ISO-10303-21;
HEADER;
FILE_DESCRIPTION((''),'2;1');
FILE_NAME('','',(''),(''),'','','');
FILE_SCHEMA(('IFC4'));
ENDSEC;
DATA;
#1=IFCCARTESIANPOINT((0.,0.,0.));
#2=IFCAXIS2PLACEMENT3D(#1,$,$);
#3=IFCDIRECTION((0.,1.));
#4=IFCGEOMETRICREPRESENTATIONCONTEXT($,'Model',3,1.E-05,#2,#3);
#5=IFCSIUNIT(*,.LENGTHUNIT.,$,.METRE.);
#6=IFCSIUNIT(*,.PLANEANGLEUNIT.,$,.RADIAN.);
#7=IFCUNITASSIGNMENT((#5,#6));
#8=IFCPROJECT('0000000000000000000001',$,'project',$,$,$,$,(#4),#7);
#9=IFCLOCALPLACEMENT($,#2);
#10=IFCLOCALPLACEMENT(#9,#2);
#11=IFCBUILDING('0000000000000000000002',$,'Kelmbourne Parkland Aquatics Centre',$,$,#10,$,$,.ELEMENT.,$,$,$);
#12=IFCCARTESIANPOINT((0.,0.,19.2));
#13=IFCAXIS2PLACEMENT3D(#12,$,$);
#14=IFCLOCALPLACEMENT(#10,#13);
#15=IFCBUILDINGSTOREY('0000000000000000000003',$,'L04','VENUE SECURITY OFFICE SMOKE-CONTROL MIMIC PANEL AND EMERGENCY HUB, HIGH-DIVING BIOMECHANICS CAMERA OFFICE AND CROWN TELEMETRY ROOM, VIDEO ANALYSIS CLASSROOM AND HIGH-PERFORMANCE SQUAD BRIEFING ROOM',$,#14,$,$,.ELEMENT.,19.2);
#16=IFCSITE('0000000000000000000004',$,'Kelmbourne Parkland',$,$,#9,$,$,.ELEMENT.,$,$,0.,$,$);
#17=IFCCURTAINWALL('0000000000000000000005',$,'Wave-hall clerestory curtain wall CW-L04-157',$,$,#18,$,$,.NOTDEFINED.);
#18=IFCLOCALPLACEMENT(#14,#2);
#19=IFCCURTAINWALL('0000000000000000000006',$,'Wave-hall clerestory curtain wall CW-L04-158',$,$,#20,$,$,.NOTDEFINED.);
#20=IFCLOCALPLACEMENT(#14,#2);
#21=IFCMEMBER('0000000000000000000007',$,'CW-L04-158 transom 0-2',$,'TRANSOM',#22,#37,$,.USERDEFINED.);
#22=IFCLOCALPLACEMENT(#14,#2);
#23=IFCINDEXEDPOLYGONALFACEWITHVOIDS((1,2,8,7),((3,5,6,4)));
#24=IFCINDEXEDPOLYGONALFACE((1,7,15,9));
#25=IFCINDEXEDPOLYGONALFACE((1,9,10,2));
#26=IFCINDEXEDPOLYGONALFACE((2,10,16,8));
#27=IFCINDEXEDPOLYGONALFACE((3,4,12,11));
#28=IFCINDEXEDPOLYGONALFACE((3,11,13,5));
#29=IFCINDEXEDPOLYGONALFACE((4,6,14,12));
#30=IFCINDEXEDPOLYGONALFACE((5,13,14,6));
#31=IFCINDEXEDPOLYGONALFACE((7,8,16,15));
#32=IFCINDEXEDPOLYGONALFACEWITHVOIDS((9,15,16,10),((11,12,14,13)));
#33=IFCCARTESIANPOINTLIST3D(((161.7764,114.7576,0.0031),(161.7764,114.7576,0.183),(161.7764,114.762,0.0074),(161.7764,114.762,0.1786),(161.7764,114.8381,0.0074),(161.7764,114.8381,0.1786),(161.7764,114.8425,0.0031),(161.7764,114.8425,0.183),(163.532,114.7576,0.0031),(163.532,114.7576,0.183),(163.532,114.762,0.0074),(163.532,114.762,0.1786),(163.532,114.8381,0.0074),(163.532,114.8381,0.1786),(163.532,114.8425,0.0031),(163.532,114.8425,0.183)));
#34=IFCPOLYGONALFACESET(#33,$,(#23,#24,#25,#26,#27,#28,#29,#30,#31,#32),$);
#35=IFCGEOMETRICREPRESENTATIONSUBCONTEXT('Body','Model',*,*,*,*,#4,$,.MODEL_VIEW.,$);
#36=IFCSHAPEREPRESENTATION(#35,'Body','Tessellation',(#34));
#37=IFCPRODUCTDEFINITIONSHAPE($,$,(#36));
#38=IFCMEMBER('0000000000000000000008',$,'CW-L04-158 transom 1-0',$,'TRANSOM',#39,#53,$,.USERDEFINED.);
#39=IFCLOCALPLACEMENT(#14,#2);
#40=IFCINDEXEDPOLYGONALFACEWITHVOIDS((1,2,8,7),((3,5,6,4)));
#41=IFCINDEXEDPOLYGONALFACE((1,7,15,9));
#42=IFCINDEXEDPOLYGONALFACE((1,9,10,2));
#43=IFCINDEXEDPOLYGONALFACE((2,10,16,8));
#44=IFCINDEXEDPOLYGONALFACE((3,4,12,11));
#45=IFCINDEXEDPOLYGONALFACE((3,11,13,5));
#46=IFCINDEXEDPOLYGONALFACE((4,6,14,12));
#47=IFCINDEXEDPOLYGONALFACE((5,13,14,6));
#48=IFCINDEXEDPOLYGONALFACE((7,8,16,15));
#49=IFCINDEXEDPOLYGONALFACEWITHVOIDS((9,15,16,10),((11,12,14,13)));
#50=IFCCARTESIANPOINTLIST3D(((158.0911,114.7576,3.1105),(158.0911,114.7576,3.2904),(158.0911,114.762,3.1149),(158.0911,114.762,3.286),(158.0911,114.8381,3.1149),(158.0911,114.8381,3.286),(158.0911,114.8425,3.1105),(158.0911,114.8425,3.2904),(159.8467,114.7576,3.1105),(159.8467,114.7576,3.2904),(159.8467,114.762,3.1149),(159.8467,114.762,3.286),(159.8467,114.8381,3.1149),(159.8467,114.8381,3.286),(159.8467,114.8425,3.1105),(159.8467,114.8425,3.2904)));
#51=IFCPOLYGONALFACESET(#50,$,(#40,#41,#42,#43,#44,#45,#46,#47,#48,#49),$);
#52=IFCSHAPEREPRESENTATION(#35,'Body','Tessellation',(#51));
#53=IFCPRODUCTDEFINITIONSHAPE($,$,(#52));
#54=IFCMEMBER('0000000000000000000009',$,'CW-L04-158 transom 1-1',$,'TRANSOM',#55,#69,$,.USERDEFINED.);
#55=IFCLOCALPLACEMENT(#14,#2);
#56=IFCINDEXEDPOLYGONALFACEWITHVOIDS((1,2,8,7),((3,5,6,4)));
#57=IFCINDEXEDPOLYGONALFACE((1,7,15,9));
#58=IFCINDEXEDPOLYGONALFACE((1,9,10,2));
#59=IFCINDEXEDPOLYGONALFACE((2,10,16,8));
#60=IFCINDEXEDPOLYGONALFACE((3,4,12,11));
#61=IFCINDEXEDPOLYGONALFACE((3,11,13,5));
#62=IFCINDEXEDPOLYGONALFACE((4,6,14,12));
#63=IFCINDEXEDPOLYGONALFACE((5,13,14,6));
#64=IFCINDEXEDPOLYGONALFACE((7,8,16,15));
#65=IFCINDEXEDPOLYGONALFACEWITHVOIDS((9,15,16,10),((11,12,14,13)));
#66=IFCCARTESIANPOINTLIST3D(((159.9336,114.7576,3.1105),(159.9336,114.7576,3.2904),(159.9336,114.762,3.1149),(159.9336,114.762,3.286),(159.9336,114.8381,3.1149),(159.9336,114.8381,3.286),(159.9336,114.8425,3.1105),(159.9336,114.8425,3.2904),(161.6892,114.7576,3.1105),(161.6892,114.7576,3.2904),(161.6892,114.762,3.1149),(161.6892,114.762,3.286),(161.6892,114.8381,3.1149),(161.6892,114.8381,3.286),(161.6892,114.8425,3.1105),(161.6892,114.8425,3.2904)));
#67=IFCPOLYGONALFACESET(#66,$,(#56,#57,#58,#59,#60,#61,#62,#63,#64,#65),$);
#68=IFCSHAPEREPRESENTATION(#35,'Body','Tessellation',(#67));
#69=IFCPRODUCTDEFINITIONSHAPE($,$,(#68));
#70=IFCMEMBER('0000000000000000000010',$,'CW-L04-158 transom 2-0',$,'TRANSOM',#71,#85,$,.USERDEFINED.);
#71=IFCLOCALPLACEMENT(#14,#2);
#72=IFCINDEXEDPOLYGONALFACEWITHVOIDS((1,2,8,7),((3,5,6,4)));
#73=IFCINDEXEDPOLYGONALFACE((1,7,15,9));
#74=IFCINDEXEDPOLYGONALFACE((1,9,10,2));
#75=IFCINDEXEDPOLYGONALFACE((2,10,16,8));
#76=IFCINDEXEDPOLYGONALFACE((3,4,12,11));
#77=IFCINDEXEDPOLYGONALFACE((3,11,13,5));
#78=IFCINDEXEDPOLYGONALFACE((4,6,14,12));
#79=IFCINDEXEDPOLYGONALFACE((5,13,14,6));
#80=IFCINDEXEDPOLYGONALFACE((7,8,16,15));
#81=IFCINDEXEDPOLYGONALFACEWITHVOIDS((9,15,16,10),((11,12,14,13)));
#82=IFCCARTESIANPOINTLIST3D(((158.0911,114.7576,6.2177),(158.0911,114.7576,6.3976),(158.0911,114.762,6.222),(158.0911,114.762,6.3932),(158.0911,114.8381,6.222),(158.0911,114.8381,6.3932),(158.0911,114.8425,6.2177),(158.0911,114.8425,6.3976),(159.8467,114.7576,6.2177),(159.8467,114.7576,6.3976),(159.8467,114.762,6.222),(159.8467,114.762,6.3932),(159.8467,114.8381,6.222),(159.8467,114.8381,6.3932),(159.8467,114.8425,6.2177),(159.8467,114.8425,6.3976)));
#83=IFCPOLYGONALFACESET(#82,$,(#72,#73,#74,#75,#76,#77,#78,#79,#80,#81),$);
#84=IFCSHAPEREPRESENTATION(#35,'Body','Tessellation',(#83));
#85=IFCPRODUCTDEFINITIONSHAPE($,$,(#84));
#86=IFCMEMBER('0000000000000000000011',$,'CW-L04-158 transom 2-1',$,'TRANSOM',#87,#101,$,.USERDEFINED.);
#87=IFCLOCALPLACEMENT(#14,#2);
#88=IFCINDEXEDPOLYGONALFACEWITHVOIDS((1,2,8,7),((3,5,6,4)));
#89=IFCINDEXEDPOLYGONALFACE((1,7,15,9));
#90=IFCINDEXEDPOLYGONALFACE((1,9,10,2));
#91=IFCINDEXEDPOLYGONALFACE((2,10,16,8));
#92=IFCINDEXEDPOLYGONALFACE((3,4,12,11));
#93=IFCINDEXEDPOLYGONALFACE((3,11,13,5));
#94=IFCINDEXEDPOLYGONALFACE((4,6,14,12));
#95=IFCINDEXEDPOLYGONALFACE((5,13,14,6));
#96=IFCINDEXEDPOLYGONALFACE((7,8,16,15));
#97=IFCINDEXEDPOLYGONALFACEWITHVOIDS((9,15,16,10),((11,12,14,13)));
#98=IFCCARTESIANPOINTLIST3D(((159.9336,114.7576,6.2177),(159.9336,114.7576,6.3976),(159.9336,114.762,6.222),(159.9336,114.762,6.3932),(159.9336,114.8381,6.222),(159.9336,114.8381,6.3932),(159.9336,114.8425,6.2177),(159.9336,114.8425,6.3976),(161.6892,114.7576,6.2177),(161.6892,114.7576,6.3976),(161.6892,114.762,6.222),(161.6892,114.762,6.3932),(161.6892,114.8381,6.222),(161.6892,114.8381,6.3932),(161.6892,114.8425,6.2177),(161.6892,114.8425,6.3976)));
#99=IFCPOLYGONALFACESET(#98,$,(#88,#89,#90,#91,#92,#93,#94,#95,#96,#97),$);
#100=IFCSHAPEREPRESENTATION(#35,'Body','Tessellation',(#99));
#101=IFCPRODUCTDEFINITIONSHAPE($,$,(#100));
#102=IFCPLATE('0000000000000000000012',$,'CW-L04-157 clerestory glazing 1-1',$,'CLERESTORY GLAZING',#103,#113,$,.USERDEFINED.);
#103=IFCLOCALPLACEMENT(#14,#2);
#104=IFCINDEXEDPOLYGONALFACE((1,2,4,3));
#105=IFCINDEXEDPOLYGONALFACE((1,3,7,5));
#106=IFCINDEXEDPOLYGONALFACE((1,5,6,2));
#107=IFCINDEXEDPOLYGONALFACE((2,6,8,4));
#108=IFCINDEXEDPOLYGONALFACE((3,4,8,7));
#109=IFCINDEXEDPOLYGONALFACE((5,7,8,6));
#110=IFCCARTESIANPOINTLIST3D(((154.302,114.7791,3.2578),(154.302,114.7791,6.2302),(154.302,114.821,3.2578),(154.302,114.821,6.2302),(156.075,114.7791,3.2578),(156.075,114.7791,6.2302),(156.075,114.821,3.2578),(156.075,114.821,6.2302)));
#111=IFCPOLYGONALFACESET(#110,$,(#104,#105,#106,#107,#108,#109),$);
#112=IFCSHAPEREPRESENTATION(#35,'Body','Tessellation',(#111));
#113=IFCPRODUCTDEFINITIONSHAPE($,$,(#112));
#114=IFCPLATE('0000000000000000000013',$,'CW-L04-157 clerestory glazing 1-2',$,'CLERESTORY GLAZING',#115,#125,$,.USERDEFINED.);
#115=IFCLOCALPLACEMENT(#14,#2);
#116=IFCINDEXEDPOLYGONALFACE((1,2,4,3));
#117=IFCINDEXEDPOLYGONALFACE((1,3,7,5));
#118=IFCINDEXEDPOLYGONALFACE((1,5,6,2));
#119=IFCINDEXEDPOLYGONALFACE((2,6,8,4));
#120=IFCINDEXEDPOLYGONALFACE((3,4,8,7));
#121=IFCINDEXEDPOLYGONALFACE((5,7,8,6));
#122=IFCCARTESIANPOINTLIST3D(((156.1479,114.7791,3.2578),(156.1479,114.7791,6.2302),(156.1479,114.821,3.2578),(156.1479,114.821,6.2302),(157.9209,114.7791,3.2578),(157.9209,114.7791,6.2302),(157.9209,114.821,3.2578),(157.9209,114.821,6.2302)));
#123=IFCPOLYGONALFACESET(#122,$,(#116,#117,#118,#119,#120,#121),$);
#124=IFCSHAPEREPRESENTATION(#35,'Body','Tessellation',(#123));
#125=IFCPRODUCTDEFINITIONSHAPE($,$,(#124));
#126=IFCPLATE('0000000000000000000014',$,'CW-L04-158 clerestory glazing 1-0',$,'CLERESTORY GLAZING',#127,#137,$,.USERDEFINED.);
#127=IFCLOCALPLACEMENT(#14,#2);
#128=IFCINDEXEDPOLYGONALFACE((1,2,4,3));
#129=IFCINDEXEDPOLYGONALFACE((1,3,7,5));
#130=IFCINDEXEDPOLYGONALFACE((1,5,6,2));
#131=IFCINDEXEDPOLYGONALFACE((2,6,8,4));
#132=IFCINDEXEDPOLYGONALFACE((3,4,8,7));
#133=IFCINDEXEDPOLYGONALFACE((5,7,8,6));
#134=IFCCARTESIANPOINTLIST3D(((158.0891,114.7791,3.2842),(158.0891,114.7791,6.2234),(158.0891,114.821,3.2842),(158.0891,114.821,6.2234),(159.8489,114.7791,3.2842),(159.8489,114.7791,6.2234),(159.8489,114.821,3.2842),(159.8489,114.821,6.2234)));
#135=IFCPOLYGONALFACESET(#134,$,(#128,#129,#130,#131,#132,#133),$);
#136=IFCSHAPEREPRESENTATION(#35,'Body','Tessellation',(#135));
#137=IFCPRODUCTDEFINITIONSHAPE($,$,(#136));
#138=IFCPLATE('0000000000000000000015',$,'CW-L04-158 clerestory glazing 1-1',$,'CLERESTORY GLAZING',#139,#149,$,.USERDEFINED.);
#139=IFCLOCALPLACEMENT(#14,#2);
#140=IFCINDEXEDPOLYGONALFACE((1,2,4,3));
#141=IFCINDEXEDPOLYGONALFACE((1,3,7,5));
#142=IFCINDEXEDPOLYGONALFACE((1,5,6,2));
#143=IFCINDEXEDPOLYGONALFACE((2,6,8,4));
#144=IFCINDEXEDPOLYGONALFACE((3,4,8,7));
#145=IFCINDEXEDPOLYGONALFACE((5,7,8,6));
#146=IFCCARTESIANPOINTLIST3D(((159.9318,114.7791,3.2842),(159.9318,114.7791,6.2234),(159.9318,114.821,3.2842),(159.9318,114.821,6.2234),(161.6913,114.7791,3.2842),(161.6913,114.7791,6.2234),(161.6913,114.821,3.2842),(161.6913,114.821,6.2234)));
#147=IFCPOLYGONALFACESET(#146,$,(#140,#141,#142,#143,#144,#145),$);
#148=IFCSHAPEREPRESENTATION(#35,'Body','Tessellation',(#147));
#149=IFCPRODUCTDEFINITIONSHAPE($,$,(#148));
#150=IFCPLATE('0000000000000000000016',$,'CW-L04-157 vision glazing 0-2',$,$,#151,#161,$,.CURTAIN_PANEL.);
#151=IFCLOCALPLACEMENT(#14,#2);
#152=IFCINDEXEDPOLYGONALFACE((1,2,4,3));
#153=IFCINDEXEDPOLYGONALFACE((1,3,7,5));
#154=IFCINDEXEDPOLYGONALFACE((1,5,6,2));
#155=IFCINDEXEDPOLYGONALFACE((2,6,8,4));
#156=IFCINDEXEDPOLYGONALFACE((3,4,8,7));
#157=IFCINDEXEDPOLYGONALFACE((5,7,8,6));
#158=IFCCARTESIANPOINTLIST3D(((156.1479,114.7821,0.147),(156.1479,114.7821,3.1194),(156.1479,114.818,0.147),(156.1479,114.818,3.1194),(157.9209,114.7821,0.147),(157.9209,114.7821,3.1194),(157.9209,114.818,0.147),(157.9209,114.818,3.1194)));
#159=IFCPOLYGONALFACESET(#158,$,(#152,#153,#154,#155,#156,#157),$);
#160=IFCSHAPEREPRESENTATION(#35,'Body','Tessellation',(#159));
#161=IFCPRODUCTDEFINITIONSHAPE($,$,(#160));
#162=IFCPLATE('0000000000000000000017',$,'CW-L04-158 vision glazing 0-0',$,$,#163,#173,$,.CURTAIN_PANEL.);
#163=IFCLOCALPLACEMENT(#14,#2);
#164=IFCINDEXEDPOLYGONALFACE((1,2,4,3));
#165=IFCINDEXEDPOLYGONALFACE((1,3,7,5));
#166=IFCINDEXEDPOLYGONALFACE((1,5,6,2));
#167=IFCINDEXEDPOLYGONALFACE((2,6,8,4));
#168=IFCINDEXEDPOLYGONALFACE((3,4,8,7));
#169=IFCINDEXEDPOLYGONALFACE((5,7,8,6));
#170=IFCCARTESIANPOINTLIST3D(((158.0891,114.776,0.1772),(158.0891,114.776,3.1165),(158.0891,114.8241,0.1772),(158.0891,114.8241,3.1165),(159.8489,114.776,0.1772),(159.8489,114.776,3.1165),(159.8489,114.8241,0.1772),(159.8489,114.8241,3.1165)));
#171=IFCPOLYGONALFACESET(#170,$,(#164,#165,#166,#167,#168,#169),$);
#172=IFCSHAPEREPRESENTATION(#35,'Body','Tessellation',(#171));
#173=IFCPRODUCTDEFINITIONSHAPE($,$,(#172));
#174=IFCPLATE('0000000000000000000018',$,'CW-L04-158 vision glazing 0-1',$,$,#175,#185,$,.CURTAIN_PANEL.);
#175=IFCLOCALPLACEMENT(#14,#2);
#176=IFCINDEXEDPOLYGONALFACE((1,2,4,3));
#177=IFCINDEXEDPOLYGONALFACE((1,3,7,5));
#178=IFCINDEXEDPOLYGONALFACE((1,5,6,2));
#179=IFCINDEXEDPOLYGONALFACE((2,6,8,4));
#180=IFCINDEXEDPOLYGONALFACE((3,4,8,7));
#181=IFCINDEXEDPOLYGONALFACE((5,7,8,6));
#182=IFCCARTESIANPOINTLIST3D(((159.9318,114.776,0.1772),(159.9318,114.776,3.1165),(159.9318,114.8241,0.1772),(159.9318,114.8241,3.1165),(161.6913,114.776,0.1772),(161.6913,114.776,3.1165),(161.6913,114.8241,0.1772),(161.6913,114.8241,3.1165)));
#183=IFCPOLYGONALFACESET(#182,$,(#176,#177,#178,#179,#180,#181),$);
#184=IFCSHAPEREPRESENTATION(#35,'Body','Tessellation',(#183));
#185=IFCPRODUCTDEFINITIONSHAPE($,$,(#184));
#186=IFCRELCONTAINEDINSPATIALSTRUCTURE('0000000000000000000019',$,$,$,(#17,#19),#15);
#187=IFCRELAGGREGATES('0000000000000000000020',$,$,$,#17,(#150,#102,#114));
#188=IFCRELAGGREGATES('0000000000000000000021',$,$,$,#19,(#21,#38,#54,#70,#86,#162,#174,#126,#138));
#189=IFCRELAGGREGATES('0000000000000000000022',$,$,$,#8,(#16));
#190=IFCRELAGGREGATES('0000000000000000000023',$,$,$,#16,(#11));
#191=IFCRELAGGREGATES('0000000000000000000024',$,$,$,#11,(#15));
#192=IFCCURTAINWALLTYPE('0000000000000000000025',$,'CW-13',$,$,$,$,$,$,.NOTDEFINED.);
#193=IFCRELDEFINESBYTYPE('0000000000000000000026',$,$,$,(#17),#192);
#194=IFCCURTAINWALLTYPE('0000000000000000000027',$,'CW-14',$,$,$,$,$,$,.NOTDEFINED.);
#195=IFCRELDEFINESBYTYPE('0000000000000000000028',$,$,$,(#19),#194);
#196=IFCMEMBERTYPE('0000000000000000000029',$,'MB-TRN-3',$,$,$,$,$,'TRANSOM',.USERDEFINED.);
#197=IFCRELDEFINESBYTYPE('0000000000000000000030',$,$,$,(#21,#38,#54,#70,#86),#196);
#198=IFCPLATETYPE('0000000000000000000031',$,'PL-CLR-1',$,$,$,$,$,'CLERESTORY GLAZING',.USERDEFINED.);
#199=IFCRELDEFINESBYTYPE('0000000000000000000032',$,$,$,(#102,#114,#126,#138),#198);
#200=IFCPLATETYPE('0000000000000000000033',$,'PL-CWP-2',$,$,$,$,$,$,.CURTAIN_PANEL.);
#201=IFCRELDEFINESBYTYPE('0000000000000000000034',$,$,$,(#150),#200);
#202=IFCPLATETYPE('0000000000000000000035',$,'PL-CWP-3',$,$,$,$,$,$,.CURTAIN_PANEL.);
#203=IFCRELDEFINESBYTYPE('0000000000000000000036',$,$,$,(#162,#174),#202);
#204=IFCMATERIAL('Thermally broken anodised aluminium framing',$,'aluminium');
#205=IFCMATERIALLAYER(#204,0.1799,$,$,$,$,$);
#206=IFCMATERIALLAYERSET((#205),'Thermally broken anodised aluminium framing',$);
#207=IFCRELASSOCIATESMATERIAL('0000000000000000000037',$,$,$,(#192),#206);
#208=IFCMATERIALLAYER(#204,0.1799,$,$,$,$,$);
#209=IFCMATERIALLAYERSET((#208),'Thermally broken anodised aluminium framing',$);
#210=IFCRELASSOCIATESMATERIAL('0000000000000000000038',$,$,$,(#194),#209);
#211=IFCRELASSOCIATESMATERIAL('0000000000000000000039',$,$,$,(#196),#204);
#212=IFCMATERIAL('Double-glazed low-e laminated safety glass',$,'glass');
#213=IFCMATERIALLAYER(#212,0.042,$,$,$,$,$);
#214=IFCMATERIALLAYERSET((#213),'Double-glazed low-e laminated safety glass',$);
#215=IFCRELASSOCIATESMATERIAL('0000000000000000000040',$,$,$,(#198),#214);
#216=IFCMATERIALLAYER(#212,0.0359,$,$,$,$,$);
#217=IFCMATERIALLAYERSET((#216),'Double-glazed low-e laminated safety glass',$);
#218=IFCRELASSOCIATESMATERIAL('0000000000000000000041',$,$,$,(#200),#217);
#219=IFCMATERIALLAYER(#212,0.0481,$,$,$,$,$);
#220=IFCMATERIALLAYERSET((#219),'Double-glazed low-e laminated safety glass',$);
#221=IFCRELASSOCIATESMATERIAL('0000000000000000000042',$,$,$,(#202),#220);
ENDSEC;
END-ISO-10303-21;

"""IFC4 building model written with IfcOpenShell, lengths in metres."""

from ifc_helpers import new_model, si_unit, direction, frame, origin, origin_2d, place, context, subcontext, project, spatial, rectangle, hollow_rectangle, extrude, material, layer, layer_set, material_profile, profile_set, type_object, element, aggregate, save


model = new_model("IFC4")

# Units and contexts
model_context = context("Model", 3, precision=1e-05, world=origin(), true_north=direction((0.0, 1.0)))
body_context = subcontext(model_context, "Body", "Model", "MODEL_VIEW")
ifc_project = project(units=[si_unit("LENGTHUNIT", "METRE"), si_unit("PLANEANGLEUNIT", "RADIAN")], contexts=[model_context])

# Site, building, storey
site_placement = place(None, origin())
site = spatial("IfcSite", under=ifc_project, at=site_placement, Name="Kelmbourne Parkland", CompositionType="ELEMENT", RefElevation=0.0)
building_placement = place(site_placement, origin())
building = spatial("IfcBuilding", under=site, at=building_placement, Name="Kelmbourne Parkland Aquatics Centre", CompositionType="ELEMENT")
storey_placement = place(building_placement, frame((0.0, 0.0, 19.2)))
storey = spatial("IfcBuildingStorey", under=building, at=storey_placement, Name="L04", Description="VENUE SECURITY OFFICE SMOKE-CONTROL MIMIC PANEL AND EMERGENCY HUB, HIGH-DIVING BIOMECHANICS CAMERA OFFICE AND CROWN TELEMETRY ROOM, VIDEO ANALYSIS CLASSROOM AND HIGH-PERFORMANCE SQUAD BRIEFING ROOM", CompositionType="ELEMENT", Elevation=19.2)

# Curtain walls
ifc_material_1 = material(Name="Thermally broken anodised aluminium framing", Category="aluminium")
ifc_layer_1 = layer(ifc_material_1, 0.1799)
ifc_layer_set_1 = layer_set([ifc_layer_1], Name="Thermally broken anodised aluminium framing")
curtain_wall_type_1 = type_object("IfcCurtainWallType", Name="CW-13", PredefinedType="NOTDEFINED", material=ifc_layer_set_1)
curtain_wall_1_placement = place(storey_placement, origin())
curtain_wall_1 = element("IfcCurtainWall", 1, at=curtain_wall_1_placement, inside=storey, type_object=curtain_wall_type_1, Name="Wave-hall clerestory curtain wall CW-L04-157", PredefinedType="NOTDEFINED")
ifc_layer_2 = layer(ifc_material_1, 0.1799)
ifc_layer_set_2 = layer_set([ifc_layer_2], Name="Thermally broken anodised aluminium framing")
curtain_wall_type_2 = type_object("IfcCurtainWallType", Name="CW-14", PredefinedType="NOTDEFINED", material=ifc_layer_set_2)
curtain_wall_2_placement = place(storey_placement, origin())
curtain_wall_2 = element("IfcCurtainWall", 2, at=curtain_wall_2_placement, inside=storey, type_object=curtain_wall_type_2, Name="Wave-hall clerestory curtain wall CW-L04-158", PredefinedType="NOTDEFINED")

# Members
ifc_material_profile_1 = material_profile(ifc_material_1, hollow_rectangle(XDim=0.085, YDim=0.1799, WallThickness=0.0044, at=origin_2d()), Name="CW-T 85x180")
ifc_profile_set_1 = profile_set([ifc_material_profile_1], Name="Thermally broken anodised aluminium framing")
member_type_1 = type_object("IfcMemberType", Name="MB-TRN-3", ElementType="TRANSOM", PredefinedType="USERDEFINED", material=ifc_profile_set_1)
member_1_placement = place(storey_placement, frame((161.7764, 114.8, 0.093), z_axis=(1.0, 0.0, 0.0), x_axis=(0.0, 1.0, 0.0)))
member_1 = element("IfcMember", 3, at=member_1_placement, type_object=member_type_1, Name="CW-L04-158 transom 0-2", ObjectType="TRANSOM", PredefinedType="USERDEFINED", context=body_context, shape_type="SweptSolid", body=[
    extrude(hollow_rectangle(XDim=0.085, YDim=0.1799, WallThickness=0.0044, at=origin_2d()), origin(), (0.0, 0.0, 1.0), 1.7556),
])
member_2_placement = place(storey_placement, frame((158.0911, 114.8, 3.2004), z_axis=(1.0, 0.0, 0.0), x_axis=(0.0, 1.0, 0.0)))
member_2 = element("IfcMember", 4, at=member_2_placement, type_object=member_type_1, Name="CW-L04-158 transom 1-0", ObjectType="TRANSOM", PredefinedType="USERDEFINED", context=body_context, shape_type="SweptSolid", body=[
    extrude(hollow_rectangle(XDim=0.085, YDim=0.1799, WallThickness=0.0044, at=origin_2d()), origin(), (0.0, 0.0, 1.0), 1.7556),
])
member_3_placement = place(storey_placement, frame((159.9336, 114.8, 3.2004), z_axis=(1.0, 0.0, 0.0), x_axis=(0.0, 1.0, 0.0)))
member_3 = element("IfcMember", 5, at=member_3_placement, type_object=member_type_1, Name="CW-L04-158 transom 1-1", ObjectType="TRANSOM", PredefinedType="USERDEFINED", context=body_context, shape_type="SweptSolid", body=[
    extrude(hollow_rectangle(XDim=0.085, YDim=0.1799, WallThickness=0.0044, at=origin_2d()), origin(), (0.0, 0.0, 1.0), 1.7556),
])
member_4_placement = place(storey_placement, frame((158.0911, 114.8, 6.3076), z_axis=(1.0, 0.0, 0.0), x_axis=(0.0, 1.0, 0.0)))
member_4 = element("IfcMember", 6, at=member_4_placement, type_object=member_type_1, Name="CW-L04-158 transom 2-0", ObjectType="TRANSOM", PredefinedType="USERDEFINED", context=body_context, shape_type="SweptSolid", body=[
    extrude(hollow_rectangle(XDim=0.085, YDim=0.1799, WallThickness=0.0044, at=origin_2d()), origin(), (0.0, 0.0, 1.0), 1.7556),
])
member_5_placement = place(storey_placement, frame((159.9336, 114.8, 6.3076), z_axis=(1.0, 0.0, 0.0), x_axis=(0.0, 1.0, 0.0)))
member_5 = element("IfcMember", 7, at=member_5_placement, type_object=member_type_1, Name="CW-L04-158 transom 2-1", ObjectType="TRANSOM", PredefinedType="USERDEFINED", context=body_context, shape_type="SweptSolid", body=[
    extrude(hollow_rectangle(XDim=0.085, YDim=0.1799, WallThickness=0.0044, at=origin_2d()), origin(), (0.0, 0.0, 1.0), 1.7556),
])

# Plates
ifc_material_2 = material(Name="Double-glazed low-e laminated safety glass", Category="glass")
ifc_layer_3 = layer(ifc_material_2, 0.042)
ifc_layer_set_3 = layer_set([ifc_layer_3], Name="Double-glazed low-e laminated safety glass")
plate_type_1 = type_object("IfcPlateType", Name="PL-CLR-1", ElementType="CLERESTORY GLAZING", PredefinedType="USERDEFINED", material=ifc_layer_set_3)
plate_1_placement = place(storey_placement, frame((155.1885, 114.8, 3.2578), z_axis=(0.0, 0.0, 1.0), x_axis=(1.0, 0.0, 0.0)))
plate_1 = element("IfcPlate", 8, at=plate_1_placement, type_object=plate_type_1, Name="CW-L04-157 clerestory glazing 1-1", ObjectType="CLERESTORY GLAZING", PredefinedType="USERDEFINED", context=body_context, shape_type="SweptSolid", body=[
    extrude(rectangle(XDim=1.7729, YDim=0.042, at=origin_2d()), origin(), (0.0, 0.0, 1.0), 2.9724),
])
plate_2_placement = place(storey_placement, frame((157.0344, 114.8, 3.2578), z_axis=(0.0, 0.0, 1.0), x_axis=(1.0, 0.0, 0.0)))
plate_2 = element("IfcPlate", 9, at=plate_2_placement, type_object=plate_type_1, Name="CW-L04-157 clerestory glazing 1-2", ObjectType="CLERESTORY GLAZING", PredefinedType="USERDEFINED", context=body_context, shape_type="SweptSolid", body=[
    extrude(rectangle(XDim=1.7729, YDim=0.042, at=origin_2d()), origin(), (0.0, 0.0, 1.0), 2.9724),
])
plate_3_placement = place(storey_placement, frame((158.969, 114.8, 3.2842), z_axis=(0.0, 0.0, 1.0), x_axis=(1.0, 0.0, 0.0)))
plate_3 = element("IfcPlate", 10, at=plate_3_placement, type_object=plate_type_1, Name="CW-L04-158 clerestory glazing 1-0", ObjectType="CLERESTORY GLAZING", PredefinedType="USERDEFINED", context=body_context, shape_type="SweptSolid", body=[
    extrude(rectangle(XDim=1.7598, YDim=0.042, at=origin_2d()), origin(), (0.0, 0.0, 1.0), 2.9392),
])
plate_4_placement = place(storey_placement, frame((160.8115, 114.8, 3.2842), z_axis=(0.0, 0.0, 1.0), x_axis=(1.0, 0.0, 0.0)))
plate_4 = element("IfcPlate", 11, at=plate_4_placement, type_object=plate_type_1, Name="CW-L04-158 clerestory glazing 1-1", ObjectType="CLERESTORY GLAZING", PredefinedType="USERDEFINED", context=body_context, shape_type="SweptSolid", body=[
    extrude(rectangle(XDim=1.7595, YDim=0.042, at=origin_2d()), origin(), (0.0, 0.0, 1.0), 2.9392),
])
ifc_layer_4 = layer(ifc_material_2, 0.0359)
ifc_layer_set_4 = layer_set([ifc_layer_4], Name="Double-glazed low-e laminated safety glass")
plate_type_2 = type_object("IfcPlateType", Name="PL-CWP-2", PredefinedType="CURTAIN_PANEL", material=ifc_layer_set_4)
plate_5_placement = place(storey_placement, frame((157.0344, 114.8, 0.147), z_axis=(0.0, 0.0, 1.0), x_axis=(1.0, 0.0, 0.0)))
plate_5 = element("IfcPlate", 12, at=plate_5_placement, type_object=plate_type_2, Name="CW-L04-157 vision glazing 0-2", PredefinedType="CURTAIN_PANEL", context=body_context, shape_type="SweptSolid", body=[
    extrude(rectangle(XDim=1.7729, YDim=0.0359, at=origin_2d()), origin(), (0.0, 0.0, 1.0), 2.9724),
])
aggregate(curtain_wall_1, [plate_5, plate_1, plate_2])
ifc_layer_5 = layer(ifc_material_2, 0.0481)
ifc_layer_set_5 = layer_set([ifc_layer_5], Name="Double-glazed low-e laminated safety glass")
plate_type_3 = type_object("IfcPlateType", Name="PL-CWP-3", PredefinedType="CURTAIN_PANEL", material=ifc_layer_set_5)
plate_6_placement = place(storey_placement, frame((158.969, 114.8, 0.1772), z_axis=(0.0, 0.0, 1.0), x_axis=(1.0, 0.0, 0.0)))
plate_6 = element("IfcPlate", 13, at=plate_6_placement, type_object=plate_type_3, Name="CW-L04-158 vision glazing 0-0", PredefinedType="CURTAIN_PANEL", context=body_context, shape_type="SweptSolid", body=[
    extrude(rectangle(XDim=1.7598, YDim=0.0481, at=origin_2d()), origin(), (0.0, 0.0, 1.0), 2.9392),
])
plate_7_placement = place(storey_placement, frame((160.8115, 114.8, 0.1772), z_axis=(0.0, 0.0, 1.0), x_axis=(1.0, 0.0, 0.0)))
plate_7 = element("IfcPlate", 14, at=plate_7_placement, type_object=plate_type_3, Name="CW-L04-158 vision glazing 0-1", PredefinedType="CURTAIN_PANEL", context=body_context, shape_type="SweptSolid", body=[
    extrude(rectangle(XDim=1.7595, YDim=0.0481, at=origin_2d()), origin(), (0.0, 0.0, 1.0), 2.9392),
])
aggregate(curtain_wall_2, [member_1, member_2, member_3, member_4, member_5, plate_6, plate_7, plate_3, plate_4])

save(model, "model.ifc")
